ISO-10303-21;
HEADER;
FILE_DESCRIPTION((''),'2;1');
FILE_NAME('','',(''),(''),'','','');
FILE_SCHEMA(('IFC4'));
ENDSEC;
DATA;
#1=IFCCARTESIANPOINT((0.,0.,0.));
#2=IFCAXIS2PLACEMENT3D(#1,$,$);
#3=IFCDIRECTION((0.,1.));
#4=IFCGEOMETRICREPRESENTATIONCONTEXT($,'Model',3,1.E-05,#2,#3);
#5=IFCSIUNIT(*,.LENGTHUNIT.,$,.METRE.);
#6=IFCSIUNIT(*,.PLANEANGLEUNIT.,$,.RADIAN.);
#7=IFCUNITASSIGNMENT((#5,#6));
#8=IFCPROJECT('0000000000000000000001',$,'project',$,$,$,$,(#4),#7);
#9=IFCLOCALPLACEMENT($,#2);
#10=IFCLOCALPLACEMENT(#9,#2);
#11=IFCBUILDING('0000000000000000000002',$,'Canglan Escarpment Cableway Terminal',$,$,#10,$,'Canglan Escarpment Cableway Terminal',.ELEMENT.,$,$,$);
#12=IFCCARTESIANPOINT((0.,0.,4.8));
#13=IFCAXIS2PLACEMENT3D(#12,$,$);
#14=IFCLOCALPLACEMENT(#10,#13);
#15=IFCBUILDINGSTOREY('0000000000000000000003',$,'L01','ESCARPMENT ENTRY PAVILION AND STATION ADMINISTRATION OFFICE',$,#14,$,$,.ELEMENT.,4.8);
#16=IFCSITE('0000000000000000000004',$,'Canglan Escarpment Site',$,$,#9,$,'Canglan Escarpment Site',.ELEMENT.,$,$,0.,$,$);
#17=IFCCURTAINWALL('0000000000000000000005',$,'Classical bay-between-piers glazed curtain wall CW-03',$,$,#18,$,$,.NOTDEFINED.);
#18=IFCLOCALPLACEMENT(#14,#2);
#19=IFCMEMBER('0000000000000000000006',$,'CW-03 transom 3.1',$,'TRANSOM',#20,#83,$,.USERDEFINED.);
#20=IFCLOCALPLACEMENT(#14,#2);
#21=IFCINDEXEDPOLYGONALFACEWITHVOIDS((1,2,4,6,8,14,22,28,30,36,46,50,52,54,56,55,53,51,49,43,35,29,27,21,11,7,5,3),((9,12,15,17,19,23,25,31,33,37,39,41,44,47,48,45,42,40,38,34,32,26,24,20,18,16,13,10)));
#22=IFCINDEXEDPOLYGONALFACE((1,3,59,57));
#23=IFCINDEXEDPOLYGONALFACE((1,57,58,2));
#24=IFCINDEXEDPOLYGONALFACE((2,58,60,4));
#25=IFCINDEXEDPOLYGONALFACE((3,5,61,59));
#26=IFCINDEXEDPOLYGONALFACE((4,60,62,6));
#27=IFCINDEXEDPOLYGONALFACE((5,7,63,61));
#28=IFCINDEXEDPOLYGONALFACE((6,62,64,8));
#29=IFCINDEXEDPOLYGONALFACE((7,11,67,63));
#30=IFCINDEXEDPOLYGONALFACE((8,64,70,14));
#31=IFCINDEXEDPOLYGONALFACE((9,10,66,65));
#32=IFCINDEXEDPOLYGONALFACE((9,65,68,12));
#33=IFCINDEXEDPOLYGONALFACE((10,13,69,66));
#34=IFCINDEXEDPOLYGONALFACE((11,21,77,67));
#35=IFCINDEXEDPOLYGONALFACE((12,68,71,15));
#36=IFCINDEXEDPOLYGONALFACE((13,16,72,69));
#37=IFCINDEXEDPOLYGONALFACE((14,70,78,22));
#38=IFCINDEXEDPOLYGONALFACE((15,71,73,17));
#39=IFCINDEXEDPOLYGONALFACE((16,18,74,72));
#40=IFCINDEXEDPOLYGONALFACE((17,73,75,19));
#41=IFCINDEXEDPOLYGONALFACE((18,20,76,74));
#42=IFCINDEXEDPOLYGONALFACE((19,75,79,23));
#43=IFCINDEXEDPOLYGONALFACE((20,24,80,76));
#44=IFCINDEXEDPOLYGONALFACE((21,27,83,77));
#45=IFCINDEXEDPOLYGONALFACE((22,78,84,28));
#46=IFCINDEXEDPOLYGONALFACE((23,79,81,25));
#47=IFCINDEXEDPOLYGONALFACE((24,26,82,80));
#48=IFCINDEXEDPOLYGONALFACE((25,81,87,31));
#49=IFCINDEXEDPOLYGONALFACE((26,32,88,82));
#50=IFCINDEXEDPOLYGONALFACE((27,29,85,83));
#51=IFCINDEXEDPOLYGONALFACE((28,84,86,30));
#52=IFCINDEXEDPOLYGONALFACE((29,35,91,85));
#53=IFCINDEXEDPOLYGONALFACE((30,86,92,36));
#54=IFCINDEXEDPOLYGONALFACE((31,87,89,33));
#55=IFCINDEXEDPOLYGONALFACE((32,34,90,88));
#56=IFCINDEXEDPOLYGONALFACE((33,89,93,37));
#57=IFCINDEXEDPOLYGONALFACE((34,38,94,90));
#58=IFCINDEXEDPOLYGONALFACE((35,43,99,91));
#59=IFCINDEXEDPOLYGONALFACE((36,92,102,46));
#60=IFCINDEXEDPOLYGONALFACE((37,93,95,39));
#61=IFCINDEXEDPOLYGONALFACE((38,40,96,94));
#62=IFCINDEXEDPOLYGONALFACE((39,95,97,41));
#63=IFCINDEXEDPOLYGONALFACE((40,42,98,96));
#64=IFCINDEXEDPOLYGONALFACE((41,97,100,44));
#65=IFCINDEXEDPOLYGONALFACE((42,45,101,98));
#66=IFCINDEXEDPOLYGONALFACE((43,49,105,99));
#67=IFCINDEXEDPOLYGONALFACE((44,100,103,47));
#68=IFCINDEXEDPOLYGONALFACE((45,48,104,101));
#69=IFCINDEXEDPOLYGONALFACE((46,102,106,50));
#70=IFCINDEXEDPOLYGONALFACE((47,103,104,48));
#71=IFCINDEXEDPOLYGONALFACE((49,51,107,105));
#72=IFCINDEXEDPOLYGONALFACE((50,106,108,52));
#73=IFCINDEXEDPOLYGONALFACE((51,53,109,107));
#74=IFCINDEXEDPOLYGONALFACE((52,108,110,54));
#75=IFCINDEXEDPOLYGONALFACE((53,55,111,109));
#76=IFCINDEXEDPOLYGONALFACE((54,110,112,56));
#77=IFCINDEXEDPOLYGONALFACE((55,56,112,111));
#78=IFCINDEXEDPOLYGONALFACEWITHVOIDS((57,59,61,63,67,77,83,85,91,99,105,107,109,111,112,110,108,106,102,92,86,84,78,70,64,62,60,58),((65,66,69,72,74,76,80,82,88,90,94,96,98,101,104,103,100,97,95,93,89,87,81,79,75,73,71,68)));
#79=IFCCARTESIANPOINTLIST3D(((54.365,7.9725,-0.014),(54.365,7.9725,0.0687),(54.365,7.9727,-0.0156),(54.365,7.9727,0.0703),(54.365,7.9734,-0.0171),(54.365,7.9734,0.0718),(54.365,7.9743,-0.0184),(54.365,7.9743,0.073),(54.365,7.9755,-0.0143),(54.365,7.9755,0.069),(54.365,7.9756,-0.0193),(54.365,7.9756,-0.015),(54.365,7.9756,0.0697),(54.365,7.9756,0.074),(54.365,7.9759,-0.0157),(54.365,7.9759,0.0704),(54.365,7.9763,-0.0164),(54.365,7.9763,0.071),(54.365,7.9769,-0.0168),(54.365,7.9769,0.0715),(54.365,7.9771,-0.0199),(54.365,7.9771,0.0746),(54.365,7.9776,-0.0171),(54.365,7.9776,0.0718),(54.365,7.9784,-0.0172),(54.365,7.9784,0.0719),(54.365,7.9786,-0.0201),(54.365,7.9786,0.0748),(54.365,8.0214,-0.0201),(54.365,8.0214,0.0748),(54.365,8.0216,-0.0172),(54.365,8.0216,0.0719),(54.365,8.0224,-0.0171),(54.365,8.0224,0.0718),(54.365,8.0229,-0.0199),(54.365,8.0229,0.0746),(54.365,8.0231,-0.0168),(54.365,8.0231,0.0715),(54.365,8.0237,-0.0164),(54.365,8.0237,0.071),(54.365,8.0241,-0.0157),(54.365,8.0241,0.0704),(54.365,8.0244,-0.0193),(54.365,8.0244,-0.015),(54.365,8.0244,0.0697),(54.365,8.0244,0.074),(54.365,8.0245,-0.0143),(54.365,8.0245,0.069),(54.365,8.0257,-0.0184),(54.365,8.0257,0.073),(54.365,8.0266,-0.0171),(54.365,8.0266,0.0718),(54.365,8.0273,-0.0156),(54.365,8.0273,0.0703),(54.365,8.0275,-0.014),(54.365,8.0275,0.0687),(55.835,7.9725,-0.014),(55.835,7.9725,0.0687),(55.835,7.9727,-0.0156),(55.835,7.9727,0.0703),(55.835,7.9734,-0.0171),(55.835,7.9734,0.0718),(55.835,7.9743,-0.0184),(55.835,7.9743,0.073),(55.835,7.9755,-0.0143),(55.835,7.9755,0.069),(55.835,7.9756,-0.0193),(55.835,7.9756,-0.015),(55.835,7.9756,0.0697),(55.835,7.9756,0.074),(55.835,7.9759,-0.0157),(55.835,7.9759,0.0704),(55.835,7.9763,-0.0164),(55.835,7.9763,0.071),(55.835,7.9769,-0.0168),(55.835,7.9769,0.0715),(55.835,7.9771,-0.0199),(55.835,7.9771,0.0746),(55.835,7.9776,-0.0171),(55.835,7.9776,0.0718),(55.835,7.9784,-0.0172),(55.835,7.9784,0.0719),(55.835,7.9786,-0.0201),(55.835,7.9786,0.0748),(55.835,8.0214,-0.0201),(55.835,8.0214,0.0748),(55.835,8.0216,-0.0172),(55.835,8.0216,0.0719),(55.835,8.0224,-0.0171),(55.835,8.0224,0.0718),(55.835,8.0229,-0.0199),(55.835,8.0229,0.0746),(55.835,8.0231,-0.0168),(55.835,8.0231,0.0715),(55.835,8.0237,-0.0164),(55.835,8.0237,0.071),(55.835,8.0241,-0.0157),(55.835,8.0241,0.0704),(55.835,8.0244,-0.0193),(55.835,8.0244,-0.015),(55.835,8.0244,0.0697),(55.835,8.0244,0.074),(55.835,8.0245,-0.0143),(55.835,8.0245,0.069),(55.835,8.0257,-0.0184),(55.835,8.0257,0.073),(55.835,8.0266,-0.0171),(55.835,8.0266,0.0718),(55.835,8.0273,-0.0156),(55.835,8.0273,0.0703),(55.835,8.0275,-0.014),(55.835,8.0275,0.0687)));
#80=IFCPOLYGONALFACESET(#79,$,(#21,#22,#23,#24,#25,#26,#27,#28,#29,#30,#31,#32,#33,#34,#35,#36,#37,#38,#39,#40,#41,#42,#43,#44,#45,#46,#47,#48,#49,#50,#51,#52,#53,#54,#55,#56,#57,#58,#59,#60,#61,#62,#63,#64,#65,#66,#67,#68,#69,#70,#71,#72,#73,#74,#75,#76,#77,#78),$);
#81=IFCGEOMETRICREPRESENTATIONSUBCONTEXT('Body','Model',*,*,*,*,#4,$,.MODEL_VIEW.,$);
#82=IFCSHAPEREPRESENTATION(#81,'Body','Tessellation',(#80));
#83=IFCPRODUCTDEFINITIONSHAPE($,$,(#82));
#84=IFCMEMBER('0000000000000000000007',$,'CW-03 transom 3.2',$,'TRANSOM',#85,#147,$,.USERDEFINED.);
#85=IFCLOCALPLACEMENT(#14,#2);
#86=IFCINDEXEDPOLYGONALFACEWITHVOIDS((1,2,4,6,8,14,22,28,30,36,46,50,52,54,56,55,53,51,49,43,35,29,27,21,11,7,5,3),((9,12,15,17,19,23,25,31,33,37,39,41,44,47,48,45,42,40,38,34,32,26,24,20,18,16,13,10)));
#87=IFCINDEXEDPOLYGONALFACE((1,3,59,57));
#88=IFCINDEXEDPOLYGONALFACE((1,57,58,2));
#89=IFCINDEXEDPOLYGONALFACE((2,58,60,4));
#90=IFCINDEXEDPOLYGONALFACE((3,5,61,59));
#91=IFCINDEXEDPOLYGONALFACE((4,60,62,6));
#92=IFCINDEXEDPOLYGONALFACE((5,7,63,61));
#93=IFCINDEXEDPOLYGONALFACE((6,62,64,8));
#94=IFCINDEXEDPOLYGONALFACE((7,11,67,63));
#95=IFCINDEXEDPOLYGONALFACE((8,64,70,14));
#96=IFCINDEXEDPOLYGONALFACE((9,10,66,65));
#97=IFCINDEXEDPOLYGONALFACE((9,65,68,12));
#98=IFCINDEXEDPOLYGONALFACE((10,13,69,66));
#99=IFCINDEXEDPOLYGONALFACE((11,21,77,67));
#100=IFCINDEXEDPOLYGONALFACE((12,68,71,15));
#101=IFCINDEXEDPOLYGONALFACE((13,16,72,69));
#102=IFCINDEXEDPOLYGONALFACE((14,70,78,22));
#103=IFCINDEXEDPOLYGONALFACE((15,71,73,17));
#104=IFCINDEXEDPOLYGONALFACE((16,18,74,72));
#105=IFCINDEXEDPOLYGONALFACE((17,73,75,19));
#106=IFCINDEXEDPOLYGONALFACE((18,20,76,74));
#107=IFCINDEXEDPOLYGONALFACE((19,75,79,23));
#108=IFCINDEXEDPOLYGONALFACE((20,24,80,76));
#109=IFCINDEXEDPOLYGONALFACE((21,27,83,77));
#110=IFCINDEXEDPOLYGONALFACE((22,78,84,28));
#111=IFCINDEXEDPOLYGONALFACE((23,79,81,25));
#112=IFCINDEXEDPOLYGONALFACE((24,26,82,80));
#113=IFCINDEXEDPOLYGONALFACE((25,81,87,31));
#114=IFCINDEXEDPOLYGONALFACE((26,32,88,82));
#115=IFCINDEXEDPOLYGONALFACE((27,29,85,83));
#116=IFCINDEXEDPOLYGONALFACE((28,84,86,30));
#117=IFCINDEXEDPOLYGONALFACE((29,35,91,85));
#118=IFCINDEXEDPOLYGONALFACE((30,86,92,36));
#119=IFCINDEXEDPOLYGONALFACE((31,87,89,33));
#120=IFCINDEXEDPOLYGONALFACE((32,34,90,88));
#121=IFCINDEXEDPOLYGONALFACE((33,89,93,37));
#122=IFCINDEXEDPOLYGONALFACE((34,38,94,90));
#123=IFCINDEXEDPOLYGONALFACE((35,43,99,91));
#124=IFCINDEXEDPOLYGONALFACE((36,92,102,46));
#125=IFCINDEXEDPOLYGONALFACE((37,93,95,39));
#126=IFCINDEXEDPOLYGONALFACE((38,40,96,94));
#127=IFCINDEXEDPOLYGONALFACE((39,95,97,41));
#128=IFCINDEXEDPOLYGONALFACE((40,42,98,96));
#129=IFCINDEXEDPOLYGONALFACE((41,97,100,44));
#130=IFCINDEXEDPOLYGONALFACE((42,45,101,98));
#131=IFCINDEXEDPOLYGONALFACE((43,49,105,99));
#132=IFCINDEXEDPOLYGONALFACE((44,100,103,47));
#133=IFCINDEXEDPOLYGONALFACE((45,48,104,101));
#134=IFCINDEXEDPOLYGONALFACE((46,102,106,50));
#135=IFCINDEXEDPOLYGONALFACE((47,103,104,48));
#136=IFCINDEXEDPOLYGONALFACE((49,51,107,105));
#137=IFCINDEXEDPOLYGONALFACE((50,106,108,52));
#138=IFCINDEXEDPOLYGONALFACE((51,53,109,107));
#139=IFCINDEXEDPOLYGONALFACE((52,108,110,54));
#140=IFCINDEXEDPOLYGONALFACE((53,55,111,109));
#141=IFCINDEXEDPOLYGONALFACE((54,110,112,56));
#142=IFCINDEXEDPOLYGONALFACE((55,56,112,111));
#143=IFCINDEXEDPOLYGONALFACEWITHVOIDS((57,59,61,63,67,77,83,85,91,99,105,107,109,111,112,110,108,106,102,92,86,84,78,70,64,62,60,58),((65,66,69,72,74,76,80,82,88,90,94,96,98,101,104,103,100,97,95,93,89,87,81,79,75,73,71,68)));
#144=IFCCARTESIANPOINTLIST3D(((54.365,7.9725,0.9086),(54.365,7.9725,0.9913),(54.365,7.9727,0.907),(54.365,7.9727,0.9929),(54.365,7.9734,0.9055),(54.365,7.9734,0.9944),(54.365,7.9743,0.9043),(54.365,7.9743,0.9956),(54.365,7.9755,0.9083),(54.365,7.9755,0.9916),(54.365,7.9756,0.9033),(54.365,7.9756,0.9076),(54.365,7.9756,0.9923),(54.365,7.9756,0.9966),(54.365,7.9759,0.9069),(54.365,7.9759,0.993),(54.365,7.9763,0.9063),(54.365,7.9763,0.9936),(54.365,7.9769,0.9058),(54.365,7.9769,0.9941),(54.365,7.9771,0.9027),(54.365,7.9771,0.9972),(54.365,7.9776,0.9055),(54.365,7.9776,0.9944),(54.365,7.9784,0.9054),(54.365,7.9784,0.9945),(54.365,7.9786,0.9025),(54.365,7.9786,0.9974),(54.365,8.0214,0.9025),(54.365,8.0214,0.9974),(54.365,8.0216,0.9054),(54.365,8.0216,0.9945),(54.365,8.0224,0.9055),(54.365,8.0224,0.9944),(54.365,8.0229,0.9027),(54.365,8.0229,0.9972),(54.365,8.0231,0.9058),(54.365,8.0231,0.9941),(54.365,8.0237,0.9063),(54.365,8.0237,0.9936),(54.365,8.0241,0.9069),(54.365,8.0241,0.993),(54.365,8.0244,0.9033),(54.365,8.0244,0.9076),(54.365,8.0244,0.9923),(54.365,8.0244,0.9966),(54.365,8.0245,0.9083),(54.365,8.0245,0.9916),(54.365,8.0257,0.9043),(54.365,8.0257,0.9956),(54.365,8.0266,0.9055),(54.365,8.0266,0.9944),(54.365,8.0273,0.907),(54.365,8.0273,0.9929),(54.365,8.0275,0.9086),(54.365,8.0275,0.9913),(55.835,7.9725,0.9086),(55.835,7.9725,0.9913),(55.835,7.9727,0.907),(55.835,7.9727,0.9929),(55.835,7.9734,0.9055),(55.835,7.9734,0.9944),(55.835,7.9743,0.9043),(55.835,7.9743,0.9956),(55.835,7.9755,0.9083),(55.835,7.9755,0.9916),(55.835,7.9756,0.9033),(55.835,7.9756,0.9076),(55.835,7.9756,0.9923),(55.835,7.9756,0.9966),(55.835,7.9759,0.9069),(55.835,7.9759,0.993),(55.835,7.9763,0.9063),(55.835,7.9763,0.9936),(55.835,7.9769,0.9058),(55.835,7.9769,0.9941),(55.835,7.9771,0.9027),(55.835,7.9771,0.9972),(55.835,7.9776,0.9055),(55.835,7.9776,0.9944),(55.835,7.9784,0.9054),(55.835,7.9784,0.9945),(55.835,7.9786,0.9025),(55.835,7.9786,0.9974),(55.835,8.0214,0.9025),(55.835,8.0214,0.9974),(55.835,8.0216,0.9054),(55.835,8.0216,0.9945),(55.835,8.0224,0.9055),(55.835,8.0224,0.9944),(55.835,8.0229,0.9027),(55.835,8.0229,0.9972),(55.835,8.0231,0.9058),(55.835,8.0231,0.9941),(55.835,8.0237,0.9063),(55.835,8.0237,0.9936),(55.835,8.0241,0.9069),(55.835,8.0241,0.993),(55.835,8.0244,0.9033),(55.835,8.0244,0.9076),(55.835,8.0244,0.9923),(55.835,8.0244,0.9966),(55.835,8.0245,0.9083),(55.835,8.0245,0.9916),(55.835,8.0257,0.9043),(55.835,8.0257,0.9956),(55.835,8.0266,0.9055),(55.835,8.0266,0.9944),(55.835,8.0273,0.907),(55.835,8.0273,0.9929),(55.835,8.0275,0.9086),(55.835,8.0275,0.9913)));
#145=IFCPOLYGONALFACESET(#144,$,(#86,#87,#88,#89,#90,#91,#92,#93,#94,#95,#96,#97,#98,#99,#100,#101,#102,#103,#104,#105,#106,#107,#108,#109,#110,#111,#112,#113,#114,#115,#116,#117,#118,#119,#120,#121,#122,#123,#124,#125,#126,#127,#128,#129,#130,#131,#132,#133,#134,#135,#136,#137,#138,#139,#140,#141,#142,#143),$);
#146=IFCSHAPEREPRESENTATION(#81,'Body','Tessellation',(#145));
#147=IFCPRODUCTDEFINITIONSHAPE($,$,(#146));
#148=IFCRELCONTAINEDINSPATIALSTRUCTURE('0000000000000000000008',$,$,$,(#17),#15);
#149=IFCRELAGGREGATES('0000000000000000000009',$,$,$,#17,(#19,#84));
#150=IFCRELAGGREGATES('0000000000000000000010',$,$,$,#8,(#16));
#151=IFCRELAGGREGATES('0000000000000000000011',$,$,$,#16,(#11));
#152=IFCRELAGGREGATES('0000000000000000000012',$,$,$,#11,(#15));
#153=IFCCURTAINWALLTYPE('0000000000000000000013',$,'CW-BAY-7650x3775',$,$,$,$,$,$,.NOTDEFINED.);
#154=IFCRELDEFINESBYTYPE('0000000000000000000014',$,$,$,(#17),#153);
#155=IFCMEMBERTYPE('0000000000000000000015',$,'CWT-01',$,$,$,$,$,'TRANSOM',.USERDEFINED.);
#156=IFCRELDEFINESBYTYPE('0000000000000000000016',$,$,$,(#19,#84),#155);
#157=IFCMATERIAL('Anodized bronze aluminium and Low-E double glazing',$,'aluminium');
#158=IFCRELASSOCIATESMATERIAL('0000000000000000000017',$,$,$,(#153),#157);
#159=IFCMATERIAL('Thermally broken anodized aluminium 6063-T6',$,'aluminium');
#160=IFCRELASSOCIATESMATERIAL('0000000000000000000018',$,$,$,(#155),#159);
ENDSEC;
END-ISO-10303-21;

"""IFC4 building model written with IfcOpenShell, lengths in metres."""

from ifc_helpers import new_model, si_unit, direction, frame, origin, origin_2d, place, context, subcontext, project, spatial, hollow_rectangle, extrude, material, material_profile, profile_set, type_object, element, aggregate, save


model = new_model("IFC4")

# Units and contexts
model_context = context("Model", 3, precision=1e-05, world=origin(), true_north=direction((0.0, 1.0)))
body_context = subcontext(model_context, "Body", "Model", "MODEL_VIEW")
ifc_project = project(units=[si_unit("LENGTHUNIT", "METRE"), si_unit("PLANEANGLEUNIT", "RADIAN")], contexts=[model_context])

# Site, building, storey
site_placement = place(None, origin())
site = spatial("IfcSite", under=ifc_project, at=site_placement, Name="Canglan Escarpment Site", LongName="Canglan Escarpment Site", CompositionType="ELEMENT", RefElevation=0.0)
building_placement = place(site_placement, origin())
building = spatial("IfcBuilding", under=site, at=building_placement, Name="Canglan Escarpment Cableway Terminal", LongName="Canglan Escarpment Cableway Terminal", CompositionType="ELEMENT")
storey_placement = place(building_placement, frame((0.0, 0.0, 4.8)))
storey = spatial("IfcBuildingStorey", under=building, at=storey_placement, Name="L01", Description="ESCARPMENT ENTRY PAVILION AND STATION ADMINISTRATION OFFICE", CompositionType="ELEMENT", Elevation=4.8)

# Curtain wall, members
ifc_material_1 = material(Name="Anodized bronze aluminium and Low-E double glazing", Category="aluminium")
curtain_wall_type = type_object("IfcCurtainWallType", Name="CW-BAY-7650x3775", PredefinedType="NOTDEFINED", material=ifc_material_1)
curtain_wall_placement = place(storey_placement, origin())
curtain_wall = element("IfcCurtainWall", 1, at=curtain_wall_placement, inside=storey, type_object=curtain_wall_type, Name="Classical bay-between-piers glazed curtain wall CW-03", PredefinedType="NOTDEFINED")
ifc_material_2 = material(Name="Thermally broken anodized aluminium 6063-T6", Category="aluminium")
ifc_material_profile_1 = material_profile(ifc_material_2, hollow_rectangle(XDim=0.0549, YDim=0.095, WallThickness=0.0029, InnerFilletRadius=0.0029, OuterFilletRadius=0.0061, at=origin_2d()), Name="ALU-TRAN 55x95x3")
ifc_profile_set_1 = profile_set([ifc_material_profile_1], Name="Thermally broken anodized aluminium 6063-T6")
member_type_1 = type_object("IfcMemberType", Name="CWT-01", ElementType="TRANSOM", PredefinedType="USERDEFINED", material=ifc_profile_set_1)
member_1_placement = place(storey_placement, frame((54.365, 8.0, 0.0273), z_axis=(1.0, 0.0, 0.0), x_axis=(0.0, 1.0, 0.0)))
member_1 = element("IfcMember", 2, at=member_1_placement, type_object=member_type_1, Name="CW-03 transom 3.1", ObjectType="TRANSOM", PredefinedType="USERDEFINED", context=body_context, shape_type="SweptSolid", body=[
    extrude(hollow_rectangle(XDim=0.0549, YDim=0.095, WallThickness=0.0029, InnerFilletRadius=0.0029, OuterFilletRadius=0.0061, at=origin_2d()), origin(), (0.0, 0.0, 1.0), 1.47),
])
member_2_placement = place(storey_placement, frame((54.365, 8.0, 0.95), z_axis=(1.0, 0.0, 0.0), x_axis=(0.0, 1.0, 0.0)))
member_2 = element("IfcMember", 3, at=member_2_placement, type_object=member_type_1, Name="CW-03 transom 3.2", ObjectType="TRANSOM", PredefinedType="USERDEFINED", context=body_context, shape_type="SweptSolid", body=[
    extrude(hollow_rectangle(XDim=0.0549, YDim=0.095, WallThickness=0.0029, InnerFilletRadius=0.0029, OuterFilletRadius=0.0061, at=origin_2d()), origin(), (0.0, 0.0, 1.0), 1.47),
])
aggregate(curtain_wall, [member_1, member_2])

save(model, "model.ifc")
